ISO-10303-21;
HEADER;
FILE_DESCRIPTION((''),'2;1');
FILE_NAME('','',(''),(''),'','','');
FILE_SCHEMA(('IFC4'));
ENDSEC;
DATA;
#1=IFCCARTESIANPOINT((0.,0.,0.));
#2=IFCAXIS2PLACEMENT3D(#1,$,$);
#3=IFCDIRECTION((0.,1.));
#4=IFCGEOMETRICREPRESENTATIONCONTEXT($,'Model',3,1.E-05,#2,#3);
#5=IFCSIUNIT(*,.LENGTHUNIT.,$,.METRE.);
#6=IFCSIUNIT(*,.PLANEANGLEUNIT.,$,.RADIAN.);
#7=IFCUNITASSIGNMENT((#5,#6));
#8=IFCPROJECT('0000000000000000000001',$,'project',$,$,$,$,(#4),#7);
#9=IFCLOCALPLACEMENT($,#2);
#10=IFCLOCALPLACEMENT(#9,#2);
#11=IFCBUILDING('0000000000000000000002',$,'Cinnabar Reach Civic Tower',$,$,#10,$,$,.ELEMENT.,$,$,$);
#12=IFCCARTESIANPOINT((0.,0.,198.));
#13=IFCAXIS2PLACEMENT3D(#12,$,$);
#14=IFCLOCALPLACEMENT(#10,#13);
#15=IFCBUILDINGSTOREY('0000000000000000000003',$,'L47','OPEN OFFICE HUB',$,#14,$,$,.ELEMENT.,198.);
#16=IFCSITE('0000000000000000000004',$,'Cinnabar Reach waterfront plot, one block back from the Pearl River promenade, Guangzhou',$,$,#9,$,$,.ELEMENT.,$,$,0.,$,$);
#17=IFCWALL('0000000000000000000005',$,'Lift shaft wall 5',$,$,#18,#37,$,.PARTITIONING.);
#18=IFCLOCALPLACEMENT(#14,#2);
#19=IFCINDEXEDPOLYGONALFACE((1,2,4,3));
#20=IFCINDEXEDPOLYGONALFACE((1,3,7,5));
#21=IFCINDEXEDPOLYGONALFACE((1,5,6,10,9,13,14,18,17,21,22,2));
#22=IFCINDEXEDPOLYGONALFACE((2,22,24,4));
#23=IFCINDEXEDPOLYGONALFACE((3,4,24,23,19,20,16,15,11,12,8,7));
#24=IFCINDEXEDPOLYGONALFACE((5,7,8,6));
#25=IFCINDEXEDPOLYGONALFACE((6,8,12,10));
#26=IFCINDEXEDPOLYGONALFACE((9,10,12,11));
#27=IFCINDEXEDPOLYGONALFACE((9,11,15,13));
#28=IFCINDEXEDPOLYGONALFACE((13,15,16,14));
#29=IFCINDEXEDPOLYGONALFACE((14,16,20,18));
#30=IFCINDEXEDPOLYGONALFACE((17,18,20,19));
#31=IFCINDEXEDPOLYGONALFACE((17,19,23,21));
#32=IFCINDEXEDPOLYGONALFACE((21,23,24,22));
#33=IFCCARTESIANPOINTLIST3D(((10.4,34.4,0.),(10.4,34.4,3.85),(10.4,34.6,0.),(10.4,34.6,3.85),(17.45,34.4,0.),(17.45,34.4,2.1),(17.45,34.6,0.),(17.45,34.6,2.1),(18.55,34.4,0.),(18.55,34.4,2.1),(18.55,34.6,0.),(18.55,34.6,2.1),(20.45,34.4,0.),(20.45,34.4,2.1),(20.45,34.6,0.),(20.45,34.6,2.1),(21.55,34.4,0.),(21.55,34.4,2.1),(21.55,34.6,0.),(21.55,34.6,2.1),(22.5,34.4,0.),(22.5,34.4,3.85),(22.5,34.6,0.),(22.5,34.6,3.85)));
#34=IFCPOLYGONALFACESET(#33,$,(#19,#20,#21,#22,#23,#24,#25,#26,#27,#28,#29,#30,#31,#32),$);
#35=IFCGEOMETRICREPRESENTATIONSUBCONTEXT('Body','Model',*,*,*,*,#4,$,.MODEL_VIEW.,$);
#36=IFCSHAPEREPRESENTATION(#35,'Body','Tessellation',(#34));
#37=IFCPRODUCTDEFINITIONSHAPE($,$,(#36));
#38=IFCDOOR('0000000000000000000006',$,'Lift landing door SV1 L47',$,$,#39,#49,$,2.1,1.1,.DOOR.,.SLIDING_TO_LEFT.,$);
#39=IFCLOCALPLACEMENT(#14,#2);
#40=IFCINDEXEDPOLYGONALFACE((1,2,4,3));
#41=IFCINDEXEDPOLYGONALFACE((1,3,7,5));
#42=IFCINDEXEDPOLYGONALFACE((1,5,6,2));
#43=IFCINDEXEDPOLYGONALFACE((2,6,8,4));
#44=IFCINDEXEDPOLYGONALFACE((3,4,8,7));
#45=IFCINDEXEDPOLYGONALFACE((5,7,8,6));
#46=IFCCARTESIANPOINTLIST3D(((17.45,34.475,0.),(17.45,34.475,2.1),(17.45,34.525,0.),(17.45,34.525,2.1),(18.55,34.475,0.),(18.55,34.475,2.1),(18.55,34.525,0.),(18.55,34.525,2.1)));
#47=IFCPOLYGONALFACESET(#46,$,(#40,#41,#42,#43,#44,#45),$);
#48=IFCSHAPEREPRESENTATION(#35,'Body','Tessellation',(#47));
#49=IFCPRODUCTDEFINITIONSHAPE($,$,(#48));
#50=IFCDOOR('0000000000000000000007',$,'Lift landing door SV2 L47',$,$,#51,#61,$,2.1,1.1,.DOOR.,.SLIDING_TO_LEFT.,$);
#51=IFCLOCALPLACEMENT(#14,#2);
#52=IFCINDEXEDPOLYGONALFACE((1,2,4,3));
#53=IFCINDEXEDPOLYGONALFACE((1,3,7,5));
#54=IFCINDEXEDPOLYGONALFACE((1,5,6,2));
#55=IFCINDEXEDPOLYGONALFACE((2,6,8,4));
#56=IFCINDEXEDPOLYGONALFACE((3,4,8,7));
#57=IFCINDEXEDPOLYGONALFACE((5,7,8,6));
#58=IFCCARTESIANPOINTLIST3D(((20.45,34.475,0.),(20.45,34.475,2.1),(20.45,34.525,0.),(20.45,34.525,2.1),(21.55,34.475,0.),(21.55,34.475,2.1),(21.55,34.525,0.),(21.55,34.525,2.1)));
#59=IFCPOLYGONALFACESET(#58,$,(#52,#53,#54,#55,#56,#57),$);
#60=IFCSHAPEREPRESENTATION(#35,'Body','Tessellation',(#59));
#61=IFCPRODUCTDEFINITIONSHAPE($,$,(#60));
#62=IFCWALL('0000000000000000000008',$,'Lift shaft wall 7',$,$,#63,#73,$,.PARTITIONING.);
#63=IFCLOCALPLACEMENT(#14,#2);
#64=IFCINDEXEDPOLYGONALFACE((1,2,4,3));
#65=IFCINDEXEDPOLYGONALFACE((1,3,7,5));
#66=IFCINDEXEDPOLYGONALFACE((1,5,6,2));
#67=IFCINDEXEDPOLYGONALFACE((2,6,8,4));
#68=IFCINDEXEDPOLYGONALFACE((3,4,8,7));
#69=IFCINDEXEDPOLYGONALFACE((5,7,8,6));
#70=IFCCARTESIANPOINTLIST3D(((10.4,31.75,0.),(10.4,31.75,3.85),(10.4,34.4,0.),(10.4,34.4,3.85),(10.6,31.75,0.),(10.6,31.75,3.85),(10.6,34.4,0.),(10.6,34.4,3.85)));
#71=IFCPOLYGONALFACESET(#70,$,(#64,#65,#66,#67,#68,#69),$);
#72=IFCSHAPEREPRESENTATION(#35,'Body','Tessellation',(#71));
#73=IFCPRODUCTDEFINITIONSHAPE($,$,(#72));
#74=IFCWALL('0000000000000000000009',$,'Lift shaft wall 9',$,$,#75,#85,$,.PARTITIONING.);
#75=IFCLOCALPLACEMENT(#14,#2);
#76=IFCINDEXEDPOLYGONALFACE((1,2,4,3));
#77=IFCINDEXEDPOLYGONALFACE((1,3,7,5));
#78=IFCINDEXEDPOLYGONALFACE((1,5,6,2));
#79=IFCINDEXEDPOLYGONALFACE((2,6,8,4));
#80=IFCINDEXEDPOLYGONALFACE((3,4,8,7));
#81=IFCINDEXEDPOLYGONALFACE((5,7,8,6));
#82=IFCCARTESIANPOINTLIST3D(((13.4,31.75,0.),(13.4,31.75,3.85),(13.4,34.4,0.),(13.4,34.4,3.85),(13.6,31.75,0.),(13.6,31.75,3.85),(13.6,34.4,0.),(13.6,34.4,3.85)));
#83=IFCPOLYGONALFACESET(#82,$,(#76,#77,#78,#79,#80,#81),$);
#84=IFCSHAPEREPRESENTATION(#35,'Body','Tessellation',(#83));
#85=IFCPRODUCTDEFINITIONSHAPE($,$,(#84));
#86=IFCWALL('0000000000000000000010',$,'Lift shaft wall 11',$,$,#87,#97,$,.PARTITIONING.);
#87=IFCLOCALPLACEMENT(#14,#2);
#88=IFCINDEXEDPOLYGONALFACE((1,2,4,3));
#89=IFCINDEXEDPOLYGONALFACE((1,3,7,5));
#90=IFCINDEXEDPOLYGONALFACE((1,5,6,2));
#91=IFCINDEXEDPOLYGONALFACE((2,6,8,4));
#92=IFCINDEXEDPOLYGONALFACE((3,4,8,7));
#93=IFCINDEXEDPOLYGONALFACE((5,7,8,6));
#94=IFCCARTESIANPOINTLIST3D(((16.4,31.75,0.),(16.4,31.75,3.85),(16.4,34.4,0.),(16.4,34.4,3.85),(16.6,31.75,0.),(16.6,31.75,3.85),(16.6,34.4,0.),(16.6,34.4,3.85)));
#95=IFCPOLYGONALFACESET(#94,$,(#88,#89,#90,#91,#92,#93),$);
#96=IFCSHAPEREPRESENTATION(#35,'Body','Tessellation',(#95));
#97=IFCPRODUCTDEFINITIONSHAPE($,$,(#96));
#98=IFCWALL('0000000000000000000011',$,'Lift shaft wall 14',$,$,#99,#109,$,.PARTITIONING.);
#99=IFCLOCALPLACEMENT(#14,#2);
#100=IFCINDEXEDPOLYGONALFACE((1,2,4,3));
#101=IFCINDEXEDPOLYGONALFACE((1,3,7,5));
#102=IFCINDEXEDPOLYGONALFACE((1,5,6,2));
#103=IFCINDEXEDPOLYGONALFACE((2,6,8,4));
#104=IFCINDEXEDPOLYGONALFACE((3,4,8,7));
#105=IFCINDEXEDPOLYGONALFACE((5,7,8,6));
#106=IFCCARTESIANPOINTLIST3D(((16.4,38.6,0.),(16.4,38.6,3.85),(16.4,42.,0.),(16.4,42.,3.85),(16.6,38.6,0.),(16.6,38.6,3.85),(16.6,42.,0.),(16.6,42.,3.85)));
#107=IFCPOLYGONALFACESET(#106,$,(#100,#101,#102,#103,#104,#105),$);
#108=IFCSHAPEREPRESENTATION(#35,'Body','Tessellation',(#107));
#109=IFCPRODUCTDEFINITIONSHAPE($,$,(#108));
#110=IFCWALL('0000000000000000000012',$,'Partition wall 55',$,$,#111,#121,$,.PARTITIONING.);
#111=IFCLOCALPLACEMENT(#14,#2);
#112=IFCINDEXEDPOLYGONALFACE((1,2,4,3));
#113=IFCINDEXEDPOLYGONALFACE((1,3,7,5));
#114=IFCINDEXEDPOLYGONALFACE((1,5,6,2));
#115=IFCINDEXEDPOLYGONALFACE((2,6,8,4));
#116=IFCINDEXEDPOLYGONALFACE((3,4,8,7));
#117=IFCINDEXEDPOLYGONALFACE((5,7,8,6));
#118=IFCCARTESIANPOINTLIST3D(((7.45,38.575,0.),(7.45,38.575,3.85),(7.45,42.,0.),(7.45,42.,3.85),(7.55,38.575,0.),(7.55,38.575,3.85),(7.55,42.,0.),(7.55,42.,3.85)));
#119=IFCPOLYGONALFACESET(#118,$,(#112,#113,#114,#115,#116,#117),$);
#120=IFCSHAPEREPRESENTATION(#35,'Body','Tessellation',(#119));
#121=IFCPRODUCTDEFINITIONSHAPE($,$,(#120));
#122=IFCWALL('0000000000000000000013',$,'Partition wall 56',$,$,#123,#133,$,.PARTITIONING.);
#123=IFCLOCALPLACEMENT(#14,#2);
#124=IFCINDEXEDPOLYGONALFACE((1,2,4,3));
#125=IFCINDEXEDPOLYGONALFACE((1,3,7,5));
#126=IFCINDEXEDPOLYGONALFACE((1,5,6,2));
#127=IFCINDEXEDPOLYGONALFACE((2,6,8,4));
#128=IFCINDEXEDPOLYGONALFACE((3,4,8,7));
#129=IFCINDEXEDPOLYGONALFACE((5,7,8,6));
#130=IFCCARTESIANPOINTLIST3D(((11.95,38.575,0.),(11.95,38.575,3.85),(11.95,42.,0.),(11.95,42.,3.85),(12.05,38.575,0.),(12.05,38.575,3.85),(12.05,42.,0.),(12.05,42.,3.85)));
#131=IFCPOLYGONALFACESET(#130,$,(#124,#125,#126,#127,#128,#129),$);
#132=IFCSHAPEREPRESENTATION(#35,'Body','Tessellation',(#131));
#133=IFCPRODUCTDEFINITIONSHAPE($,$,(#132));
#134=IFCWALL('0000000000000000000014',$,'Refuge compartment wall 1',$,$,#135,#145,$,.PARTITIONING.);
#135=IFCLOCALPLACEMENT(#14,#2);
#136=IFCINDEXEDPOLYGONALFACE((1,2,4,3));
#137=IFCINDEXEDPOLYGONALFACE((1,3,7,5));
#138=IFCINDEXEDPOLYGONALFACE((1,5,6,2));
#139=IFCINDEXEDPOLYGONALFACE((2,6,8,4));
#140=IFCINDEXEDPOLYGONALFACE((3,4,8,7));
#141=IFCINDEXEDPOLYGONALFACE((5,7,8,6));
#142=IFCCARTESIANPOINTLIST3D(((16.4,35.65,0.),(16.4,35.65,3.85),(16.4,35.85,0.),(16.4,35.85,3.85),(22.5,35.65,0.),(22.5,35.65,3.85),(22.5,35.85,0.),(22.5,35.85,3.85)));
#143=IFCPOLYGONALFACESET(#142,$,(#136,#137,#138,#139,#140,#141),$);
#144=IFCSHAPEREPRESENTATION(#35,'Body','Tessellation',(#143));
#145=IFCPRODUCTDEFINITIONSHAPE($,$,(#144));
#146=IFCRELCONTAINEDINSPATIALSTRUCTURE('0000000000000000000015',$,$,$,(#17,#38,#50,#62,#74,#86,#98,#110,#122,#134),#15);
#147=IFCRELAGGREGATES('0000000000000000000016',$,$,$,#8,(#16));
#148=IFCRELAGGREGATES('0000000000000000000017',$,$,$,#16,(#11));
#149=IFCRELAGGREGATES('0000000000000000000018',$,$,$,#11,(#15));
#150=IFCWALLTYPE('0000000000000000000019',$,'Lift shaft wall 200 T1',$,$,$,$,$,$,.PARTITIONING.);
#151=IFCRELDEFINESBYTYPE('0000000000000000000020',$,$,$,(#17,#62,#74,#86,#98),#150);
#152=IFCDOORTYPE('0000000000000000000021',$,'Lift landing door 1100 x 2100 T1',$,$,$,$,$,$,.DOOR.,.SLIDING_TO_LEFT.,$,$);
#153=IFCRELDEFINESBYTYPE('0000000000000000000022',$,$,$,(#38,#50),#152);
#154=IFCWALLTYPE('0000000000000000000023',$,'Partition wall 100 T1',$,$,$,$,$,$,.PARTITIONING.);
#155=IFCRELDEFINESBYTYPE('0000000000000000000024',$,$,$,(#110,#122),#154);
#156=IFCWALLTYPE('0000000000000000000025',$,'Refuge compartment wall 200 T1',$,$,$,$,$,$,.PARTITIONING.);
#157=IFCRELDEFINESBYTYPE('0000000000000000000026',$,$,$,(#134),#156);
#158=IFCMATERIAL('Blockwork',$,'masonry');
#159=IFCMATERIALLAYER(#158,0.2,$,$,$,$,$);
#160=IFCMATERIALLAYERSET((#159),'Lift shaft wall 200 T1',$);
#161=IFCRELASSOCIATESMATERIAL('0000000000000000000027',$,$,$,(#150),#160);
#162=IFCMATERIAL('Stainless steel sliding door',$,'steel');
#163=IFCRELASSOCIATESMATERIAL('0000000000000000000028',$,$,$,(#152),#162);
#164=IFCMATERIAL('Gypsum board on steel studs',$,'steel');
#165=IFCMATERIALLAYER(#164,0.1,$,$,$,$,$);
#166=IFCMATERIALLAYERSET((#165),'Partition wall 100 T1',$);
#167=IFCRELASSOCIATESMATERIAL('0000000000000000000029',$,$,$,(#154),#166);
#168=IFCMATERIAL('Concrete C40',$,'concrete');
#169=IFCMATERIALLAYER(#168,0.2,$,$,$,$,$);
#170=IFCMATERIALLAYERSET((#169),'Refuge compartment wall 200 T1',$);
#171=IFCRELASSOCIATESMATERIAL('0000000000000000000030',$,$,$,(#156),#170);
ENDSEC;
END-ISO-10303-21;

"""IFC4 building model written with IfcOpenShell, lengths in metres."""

from ifc_helpers import new_model, si_unit, direction, frame, frame_2d, origin, place, context, subcontext, project, spatial, rectangle, extrude, material, layer, layer_set, type_object, element, fill, save


model = new_model("IFC4")

# Units and contexts
model_context = context("Model", 3, precision=1e-05, world=origin(), true_north=direction((0.0, 1.0)))
body_context = subcontext(model_context, "Body", "Model", "MODEL_VIEW")
ifc_project = project(units=[si_unit("LENGTHUNIT", "METRE"), si_unit("PLANEANGLEUNIT", "RADIAN")], contexts=[model_context])

# Site, building, storey
site_placement = place(None, origin())
site = spatial("IfcSite", under=ifc_project, at=site_placement, Name="Cinnabar Reach waterfront plot, one block back from the Pearl River promenade, Guangzhou", CompositionType="ELEMENT", RefElevation=0.0)
building_placement = place(site_placement, origin())
building = spatial("IfcBuilding", under=site, at=building_placement, Name="Cinnabar Reach Civic Tower", CompositionType="ELEMENT")
storey_placement = place(building_placement, frame((0.0, 0.0, 198.0)))
storey = spatial("IfcBuildingStorey", under=building, at=storey_placement, Name="L47", Description="OPEN OFFICE HUB", CompositionType="ELEMENT", Elevation=198.0)

# Wall, openings, doors
ifc_material_1 = material(Name="Blockwork", Category="masonry")
ifc_layer_1 = layer(ifc_material_1, 0.2)
ifc_layer_set_1 = layer_set([ifc_layer_1], Name="Lift shaft wall 200 T1")
wall_type_1 = type_object("IfcWallType", Name="Lift shaft wall 200 T1", PredefinedType="PARTITIONING", material=ifc_layer_set_1)
wall_1_placement = place(storey_placement, frame((10.4, 34.5, 0.0), z_axis=(0.0, 0.0, 1.0), x_axis=(1.0, 0.0, 0.0)))
wall_1 = element("IfcWall", 1, at=wall_1_placement, inside=storey, type_object=wall_type_1, Name="Lift shaft wall 5", PredefinedType="PARTITIONING", context=body_context, shape_type="SweptSolid", body=[
    extrude(rectangle(XDim=12.1, YDim=0.2, at=frame_2d((6.05, 0.0))), origin(), (0.0, 0.0, 1.0), 3.85),
])
opening_1_placement = place(wall_1_placement, frame((7.05, 0.0, 0.0)))
opening_1 = element("IfcOpeningElement", 2, at=opening_1_placement, cuts=wall_1, PredefinedType="OPENING", context=body_context, shape_type="SweptSolid", body=[
    extrude(rectangle(XDim=1.1, YDim=2.1, at=frame_2d((0.55, 1.05))), frame((0.0, 0.11, 0.0), z_axis=(0.0, -1.0, 0.0), x_axis=(1.0, 0.0, 0.0)), (0.0, 0.0, 1.0), 0.22),
])
opening_2_placement = place(wall_1_placement, frame((10.05, 0.0, 0.0)))
opening_2 = element("IfcOpeningElement", 3, at=opening_2_placement, cuts=wall_1, PredefinedType="OPENING", context=body_context, shape_type="SweptSolid", body=[
    extrude(rectangle(XDim=1.1, YDim=2.1, at=frame_2d((0.55, 1.05))), frame((0.0, 0.11, 0.0), z_axis=(0.0, -1.0, 0.0), x_axis=(1.0, 0.0, 0.0)), (0.0, 0.0, 1.0), 0.22),
])
ifc_material_2 = material(Name="Stainless steel sliding door", Category="steel")
door_type_1 = type_object("IfcDoorType", Name="Lift landing door 1100 x 2100 T1", OperationType="SLIDING_TO_LEFT", PredefinedType="DOOR", material=ifc_material_2)
door_1_placement = place(opening_1_placement, origin())
door_1 = element("IfcDoor", 4, at=door_1_placement, inside=storey, type_object=door_type_1, Name="Lift landing door SV1 L47", OperationType="SLIDING_TO_LEFT", OverallHeight=2.1, OverallWidth=1.1, PredefinedType="DOOR", context=body_context, shape_type="SweptSolid", body=[
    extrude(rectangle(XDim=1.1, YDim=2.1, at=frame_2d((0.55, 1.05))), frame((0.0, 0.025, 0.0), z_axis=(0.0, -1.0, 0.0), x_axis=(1.0, 0.0, 0.0)), (0.0, 0.0, 1.0), 0.05),
])
fill(opening_1, door_1)
door_2_placement = place(opening_2_placement, origin())
door_2 = element("IfcDoor", 5, at=door_2_placement, inside=storey, type_object=door_type_1, Name="Lift landing door SV2 L47", OperationType="SLIDING_TO_LEFT", OverallHeight=2.1, OverallWidth=1.1, PredefinedType="DOOR", context=body_context, shape_type="SweptSolid", body=[
    extrude(rectangle(XDim=1.1, YDim=2.1, at=frame_2d((0.55, 1.05))), frame((0.0, 0.025, 0.0), z_axis=(0.0, -1.0, 0.0), x_axis=(1.0, 0.0, 0.0)), (0.0, 0.0, 1.0), 0.05),
])
fill(opening_2, door_2)

# Walls
for number, where, z_axis, x_axis, name in (
    (6, (10.5, 31.75, 0.0), (0.0, 0.0, 1.0), (0.0, 1.0, 0.0), "Lift shaft wall 7"),
    (7, (13.5, 31.75, 0.0), (0.0, 0.0, 1.0), (0.0, 1.0, 0.0), "Lift shaft wall 9"),
    (8, (16.5, 31.75, 0.0), (0.0, 0.0, 1.0), (0.0, 1.0, 0.0), "Lift shaft wall 11"),
):
    element("IfcWall", number, at=place(storey_placement, frame(where, z_axis=z_axis, x_axis=x_axis)), inside=storey, type_object=wall_type_1, Name=name, PredefinedType="PARTITIONING", context=body_context, shape_type="SweptSolid", body=[
        extrude(rectangle(XDim=2.65, YDim=0.2, at=frame_2d((1.325, 0.0))), origin(), (0.0, 0.0, 1.0), 3.85),
    ])
wall_2_placement = place(storey_placement, frame((16.5, 38.6, 0.0), z_axis=(0.0, 0.0, 1.0), x_axis=(0.0, 1.0, 0.0)))
element("IfcWall", 9, at=wall_2_placement, inside=storey, type_object=wall_type_1, Name="Lift shaft wall 14", PredefinedType="PARTITIONING", context=body_context, shape_type="SweptSolid", body=[
    extrude(rectangle(XDim=3.4, YDim=0.2, at=frame_2d((1.7, 0.0))), origin(), (0.0, 0.0, 1.0), 3.85),
])
ifc_material_3 = material(Name="Gypsum board on steel studs", Category="steel")
ifc_layer_2 = layer(ifc_material_3, 0.1)
ifc_layer_set_2 = layer_set([ifc_layer_2], Name="Partition wall 100 T1")
wall_type_2 = type_object("IfcWallType", Name="Partition wall 100 T1", PredefinedType="PARTITIONING", material=ifc_layer_set_2)
for number, where, z_axis, x_axis, name in (
    (10, (7.5, 38.575, 0.0), (0.0, 0.0, 1.0), (0.0, 1.0, 0.0), "Partition wall 55"),
    (11, (12.0, 38.575, 0.0), (0.0, 0.0, 1.0), (0.0, 1.0, 0.0), "Partition wall 56"),
):
    element("IfcWall", number, at=place(storey_placement, frame(where, z_axis=z_axis, x_axis=x_axis)), inside=storey, type_object=wall_type_2, Name=name, PredefinedType="PARTITIONING", context=body_context, shape_type="SweptSolid", body=[
        extrude(rectangle(XDim=3.425, YDim=0.1, at=frame_2d((1.7125, 0.0))), origin(), (0.0, 0.0, 1.0), 3.85),
    ])
ifc_material_4 = material(Name="Concrete C40", Category="concrete")
ifc_layer_3 = layer(ifc_material_4, 0.2)
ifc_layer_set_3 = layer_set([ifc_layer_3], Name="Refuge compartment wall 200 T1")
wall_type_3 = type_object("IfcWallType", Name="Refuge compartment wall 200 T1", PredefinedType="PARTITIONING", material=ifc_layer_set_3)
wall_3_placement = place(storey_placement, frame((16.4, 35.75, 0.0), z_axis=(0.0, 0.0, 1.0), x_axis=(1.0, 0.0, 0.0)))
element("IfcWall", 12, at=wall_3_placement, inside=storey, type_object=wall_type_3, Name="Refuge compartment wall 1", PredefinedType="PARTITIONING", context=body_context, shape_type="SweptSolid", body=[
    extrude(rectangle(XDim=6.1, YDim=0.2, at=frame_2d((3.05, 0.0))), origin(), (0.0, 0.0, 1.0), 3.85),
])

save(model, "model.ifc")
